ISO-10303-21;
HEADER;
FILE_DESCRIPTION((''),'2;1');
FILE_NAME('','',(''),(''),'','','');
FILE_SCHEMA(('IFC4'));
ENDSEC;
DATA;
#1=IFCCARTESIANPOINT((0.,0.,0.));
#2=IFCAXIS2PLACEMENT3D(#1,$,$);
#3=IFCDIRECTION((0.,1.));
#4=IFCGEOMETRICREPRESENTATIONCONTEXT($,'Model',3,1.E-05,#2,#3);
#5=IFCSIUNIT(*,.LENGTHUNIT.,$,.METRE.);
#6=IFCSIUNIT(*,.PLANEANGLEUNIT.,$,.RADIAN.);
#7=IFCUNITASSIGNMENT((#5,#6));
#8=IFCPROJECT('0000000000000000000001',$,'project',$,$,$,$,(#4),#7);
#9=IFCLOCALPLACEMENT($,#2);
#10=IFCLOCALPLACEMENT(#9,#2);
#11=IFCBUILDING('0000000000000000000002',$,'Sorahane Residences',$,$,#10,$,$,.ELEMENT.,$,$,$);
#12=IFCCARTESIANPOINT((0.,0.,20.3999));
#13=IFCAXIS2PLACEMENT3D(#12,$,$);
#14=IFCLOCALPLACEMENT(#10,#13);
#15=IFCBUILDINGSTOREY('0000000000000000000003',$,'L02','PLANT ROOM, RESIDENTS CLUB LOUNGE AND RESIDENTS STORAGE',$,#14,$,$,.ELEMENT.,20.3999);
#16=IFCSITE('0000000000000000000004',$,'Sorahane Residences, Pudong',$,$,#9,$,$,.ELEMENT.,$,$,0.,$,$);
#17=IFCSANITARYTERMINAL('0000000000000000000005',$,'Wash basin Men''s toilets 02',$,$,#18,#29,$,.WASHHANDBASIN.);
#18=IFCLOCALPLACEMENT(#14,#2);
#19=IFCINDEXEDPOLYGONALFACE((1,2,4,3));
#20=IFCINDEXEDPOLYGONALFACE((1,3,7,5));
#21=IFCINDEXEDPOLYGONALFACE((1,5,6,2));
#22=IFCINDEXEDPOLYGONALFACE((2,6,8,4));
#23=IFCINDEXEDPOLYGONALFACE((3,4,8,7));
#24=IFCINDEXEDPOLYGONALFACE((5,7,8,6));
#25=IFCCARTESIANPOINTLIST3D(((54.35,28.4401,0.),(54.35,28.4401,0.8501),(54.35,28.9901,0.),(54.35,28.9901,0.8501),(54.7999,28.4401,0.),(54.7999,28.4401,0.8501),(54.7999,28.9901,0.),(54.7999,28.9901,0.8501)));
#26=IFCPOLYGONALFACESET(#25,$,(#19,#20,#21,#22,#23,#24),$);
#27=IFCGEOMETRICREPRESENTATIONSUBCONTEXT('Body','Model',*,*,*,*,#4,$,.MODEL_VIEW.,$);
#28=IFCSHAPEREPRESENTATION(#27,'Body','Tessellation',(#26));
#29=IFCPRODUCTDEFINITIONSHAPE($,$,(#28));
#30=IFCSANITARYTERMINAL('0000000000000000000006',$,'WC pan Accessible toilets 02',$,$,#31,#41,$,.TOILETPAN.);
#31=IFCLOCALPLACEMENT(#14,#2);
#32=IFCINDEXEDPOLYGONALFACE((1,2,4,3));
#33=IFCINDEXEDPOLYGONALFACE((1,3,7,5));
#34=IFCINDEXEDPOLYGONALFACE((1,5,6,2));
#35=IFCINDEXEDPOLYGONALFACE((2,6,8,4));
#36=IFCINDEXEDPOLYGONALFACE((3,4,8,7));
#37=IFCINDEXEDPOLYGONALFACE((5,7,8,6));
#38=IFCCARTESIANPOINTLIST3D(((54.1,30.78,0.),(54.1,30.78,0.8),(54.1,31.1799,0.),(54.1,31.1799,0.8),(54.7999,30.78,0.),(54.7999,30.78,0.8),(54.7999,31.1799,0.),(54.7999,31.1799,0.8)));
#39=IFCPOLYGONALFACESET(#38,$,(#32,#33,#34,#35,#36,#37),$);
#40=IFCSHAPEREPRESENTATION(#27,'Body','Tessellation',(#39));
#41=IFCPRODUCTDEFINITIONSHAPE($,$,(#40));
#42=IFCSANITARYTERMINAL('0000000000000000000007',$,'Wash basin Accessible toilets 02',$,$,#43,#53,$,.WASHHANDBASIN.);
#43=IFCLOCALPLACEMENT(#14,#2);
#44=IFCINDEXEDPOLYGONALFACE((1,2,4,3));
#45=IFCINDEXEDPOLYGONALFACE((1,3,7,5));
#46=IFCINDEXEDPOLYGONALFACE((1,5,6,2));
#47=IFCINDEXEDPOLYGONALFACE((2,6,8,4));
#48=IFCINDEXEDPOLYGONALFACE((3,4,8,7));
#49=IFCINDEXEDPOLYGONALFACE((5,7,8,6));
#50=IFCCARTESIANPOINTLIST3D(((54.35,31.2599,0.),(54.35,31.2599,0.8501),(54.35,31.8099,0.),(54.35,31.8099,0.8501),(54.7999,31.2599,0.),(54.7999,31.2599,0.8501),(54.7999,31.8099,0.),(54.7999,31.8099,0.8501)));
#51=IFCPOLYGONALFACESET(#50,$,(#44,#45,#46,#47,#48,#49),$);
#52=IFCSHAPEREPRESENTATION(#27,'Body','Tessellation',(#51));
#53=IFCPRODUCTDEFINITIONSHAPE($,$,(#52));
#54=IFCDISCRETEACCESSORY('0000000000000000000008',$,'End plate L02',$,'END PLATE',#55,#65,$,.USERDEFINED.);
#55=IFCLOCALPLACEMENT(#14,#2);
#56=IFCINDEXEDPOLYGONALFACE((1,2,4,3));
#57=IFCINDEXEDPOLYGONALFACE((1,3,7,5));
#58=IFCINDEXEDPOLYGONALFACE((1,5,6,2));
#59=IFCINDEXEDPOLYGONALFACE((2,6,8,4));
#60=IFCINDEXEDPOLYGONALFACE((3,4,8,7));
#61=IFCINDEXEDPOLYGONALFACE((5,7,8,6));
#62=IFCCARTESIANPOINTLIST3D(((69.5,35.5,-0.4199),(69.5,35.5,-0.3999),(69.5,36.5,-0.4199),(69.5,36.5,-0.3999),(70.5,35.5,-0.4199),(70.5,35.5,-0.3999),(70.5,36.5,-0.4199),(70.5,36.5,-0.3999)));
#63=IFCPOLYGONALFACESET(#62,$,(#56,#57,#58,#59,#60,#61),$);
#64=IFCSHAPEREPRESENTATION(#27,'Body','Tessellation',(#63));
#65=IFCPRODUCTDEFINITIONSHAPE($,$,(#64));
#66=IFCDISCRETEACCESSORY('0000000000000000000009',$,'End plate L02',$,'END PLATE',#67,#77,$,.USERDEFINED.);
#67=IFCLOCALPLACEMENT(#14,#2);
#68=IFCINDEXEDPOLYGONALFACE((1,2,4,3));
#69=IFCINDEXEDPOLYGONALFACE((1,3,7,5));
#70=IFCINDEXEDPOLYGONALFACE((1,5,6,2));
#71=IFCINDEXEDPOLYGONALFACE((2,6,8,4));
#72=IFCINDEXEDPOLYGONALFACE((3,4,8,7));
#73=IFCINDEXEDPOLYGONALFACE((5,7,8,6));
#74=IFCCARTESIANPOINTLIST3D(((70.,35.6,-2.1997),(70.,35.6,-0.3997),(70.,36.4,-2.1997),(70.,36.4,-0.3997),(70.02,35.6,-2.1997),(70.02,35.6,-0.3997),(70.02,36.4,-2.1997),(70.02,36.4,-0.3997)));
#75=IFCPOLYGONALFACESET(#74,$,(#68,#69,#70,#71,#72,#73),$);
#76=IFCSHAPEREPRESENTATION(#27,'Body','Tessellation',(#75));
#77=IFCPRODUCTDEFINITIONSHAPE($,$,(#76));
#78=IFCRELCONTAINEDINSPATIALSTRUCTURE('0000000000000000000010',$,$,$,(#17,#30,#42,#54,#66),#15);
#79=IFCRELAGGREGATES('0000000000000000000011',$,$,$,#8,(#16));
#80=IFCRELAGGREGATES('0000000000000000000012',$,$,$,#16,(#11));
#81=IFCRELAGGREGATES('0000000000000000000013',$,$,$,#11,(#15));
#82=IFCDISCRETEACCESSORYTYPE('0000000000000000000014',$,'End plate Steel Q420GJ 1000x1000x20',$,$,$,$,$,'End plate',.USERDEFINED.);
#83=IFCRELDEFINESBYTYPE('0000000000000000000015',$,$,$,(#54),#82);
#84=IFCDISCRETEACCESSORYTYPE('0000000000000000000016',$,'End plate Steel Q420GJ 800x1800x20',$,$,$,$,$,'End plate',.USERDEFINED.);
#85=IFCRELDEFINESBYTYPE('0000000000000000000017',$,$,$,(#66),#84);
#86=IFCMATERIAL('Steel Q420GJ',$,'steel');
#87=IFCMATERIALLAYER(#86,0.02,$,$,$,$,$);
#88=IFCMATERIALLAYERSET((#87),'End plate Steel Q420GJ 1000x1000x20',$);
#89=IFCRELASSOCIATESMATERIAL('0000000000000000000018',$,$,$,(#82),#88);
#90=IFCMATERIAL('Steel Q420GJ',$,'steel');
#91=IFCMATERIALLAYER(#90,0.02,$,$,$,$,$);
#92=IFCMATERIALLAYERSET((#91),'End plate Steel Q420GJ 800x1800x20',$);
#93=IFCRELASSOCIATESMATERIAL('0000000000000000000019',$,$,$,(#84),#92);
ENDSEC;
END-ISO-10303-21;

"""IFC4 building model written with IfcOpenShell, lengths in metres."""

from ifc_helpers import new_model, si_unit, direction, frame, origin, origin_2d, place, context, subcontext, project, spatial, rectangle, extrude, material, layer, layer_set, type_object, element, save


model = new_model("IFC4")

# Units and contexts
model_context = context("Model", 3, precision=1e-05, world=origin(), true_north=direction((0.0, 1.0)))
body_context = subcontext(model_context, "Body", "Model", "MODEL_VIEW")
ifc_project = project(units=[si_unit("LENGTHUNIT", "METRE"), si_unit("PLANEANGLEUNIT", "RADIAN")], contexts=[model_context])

# Site, building, storey
site_placement = place(None, origin())
site = spatial("IfcSite", under=ifc_project, at=site_placement, Name="Sorahane Residences, Pudong", CompositionType="ELEMENT", RefElevation=0.0)
building_placement = place(site_placement, origin())
building = spatial("IfcBuilding", under=site, at=building_placement, Name="Sorahane Residences", CompositionType="ELEMENT")
storey_placement = place(building_placement, frame((0.0, 0.0, 20.3999)))
storey = spatial("IfcBuildingStorey", under=building, at=storey_placement, Name="L02", Description="PLANT ROOM, RESIDENTS CLUB LOUNGE AND RESIDENTS STORAGE", CompositionType="ELEMENT", Elevation=20.3999)

# Sanitary terminals
for number, where, z_axis, x_axis, name in (
    (1, (54.575, 28.7151, 0.0), (0.0, 0.0, 1.0), (0.0, -1.0, 0.0), "Wash basin Men's toilets 02"),
):
    element("IfcSanitaryTerminal", number, at=place(storey_placement, frame(where, z_axis=z_axis, x_axis=x_axis)), inside=storey, Name=name, PredefinedType="WASHHANDBASIN", context=body_context, shape_type="SweptSolid", body=[
        extrude(rectangle(XDim=0.55, YDim=0.45, at=origin_2d()), origin(), (0.0, 0.0, 1.0), 0.8501),
    ])
sanitary_terminal_1_placement = place(storey_placement, frame((54.45, 30.98, 0.0), z_axis=(0.0, 0.0, 1.0), x_axis=(0.0, -1.0, 0.0)))
element("IfcSanitaryTerminal", 2, at=sanitary_terminal_1_placement, inside=storey, Name="WC pan Accessible toilets 02", PredefinedType="TOILETPAN", context=body_context, shape_type="SweptSolid", body=[
    extrude(rectangle(XDim=0.3999, YDim=0.7, at=origin_2d()), origin(), (0.0, 0.0, 1.0), 0.8),
])
sanitary_terminal_2_placement = place(storey_placement, frame((54.575, 31.5349, 0.0), z_axis=(0.0, 0.0, 1.0), x_axis=(0.0, -1.0, 0.0)))
element("IfcSanitaryTerminal", 3, at=sanitary_terminal_2_placement, inside=storey, Name="Wash basin Accessible toilets 02", PredefinedType="WASHHANDBASIN", context=body_context, shape_type="SweptSolid", body=[
    extrude(rectangle(XDim=0.55, YDim=0.45, at=origin_2d()), origin(), (0.0, 0.0, 1.0), 0.8501),
])

# Discrete accessories
ifc_material_1 = material(Name="Steel Q420GJ", Category="steel")
ifc_layer_1 = layer(ifc_material_1, 0.02)
ifc_layer_set_1 = layer_set([ifc_layer_1], Name="End plate Steel Q420GJ 1000x1000x20")
discrete_accessory_type_1 = type_object("IfcDiscreteAccessoryType", Name="End plate Steel Q420GJ 1000x1000x20", ElementType="End plate", PredefinedType="USERDEFINED", material=ifc_layer_set_1)
discrete_accessory_1_placement = place(storey_placement, frame((70.0, 36.0, -0.4199), z_axis=(0.0, 0.0, 1.0), x_axis=(1.0, 0.0, 0.0)))
element("IfcDiscreteAccessory", 4, at=discrete_accessory_1_placement, inside=storey, type_object=discrete_accessory_type_1, Name="End plate L02", ObjectType="END PLATE", PredefinedType="USERDEFINED", context=body_context, shape_type="SweptSolid", body=[
    extrude(rectangle(XDim=1.0, YDim=1.0, at=origin_2d()), origin(), (0.0, 0.0, 1.0), 0.02),
])
ifc_material_2 = material(Name="Steel Q420GJ", Category="steel")
ifc_layer_2 = layer(ifc_material_2, 0.02)
ifc_layer_set_2 = layer_set([ifc_layer_2], Name="End plate Steel Q420GJ 800x1800x20")
discrete_accessory_type_2 = type_object("IfcDiscreteAccessoryType", Name="End plate Steel Q420GJ 800x1800x20", ElementType="End plate", PredefinedType="USERDEFINED", material=ifc_layer_set_2)
discrete_accessory_2_placement = place(storey_placement, frame((70.01, 36.0, -2.1997), z_axis=(0.0, 0.0, 1.0), x_axis=(1.0, 0.0, 0.0)))
element("IfcDiscreteAccessory", 5, at=discrete_accessory_2_placement, inside=storey, type_object=discrete_accessory_type_2, Name="End plate L02", ObjectType="END PLATE", PredefinedType="USERDEFINED", context=body_context, shape_type="SweptSolid", body=[
    extrude(rectangle(XDim=0.02, YDim=0.8, at=origin_2d()), origin(), (0.0, 0.0, 1.0), 1.8),
])

save(model, "model.ifc")
